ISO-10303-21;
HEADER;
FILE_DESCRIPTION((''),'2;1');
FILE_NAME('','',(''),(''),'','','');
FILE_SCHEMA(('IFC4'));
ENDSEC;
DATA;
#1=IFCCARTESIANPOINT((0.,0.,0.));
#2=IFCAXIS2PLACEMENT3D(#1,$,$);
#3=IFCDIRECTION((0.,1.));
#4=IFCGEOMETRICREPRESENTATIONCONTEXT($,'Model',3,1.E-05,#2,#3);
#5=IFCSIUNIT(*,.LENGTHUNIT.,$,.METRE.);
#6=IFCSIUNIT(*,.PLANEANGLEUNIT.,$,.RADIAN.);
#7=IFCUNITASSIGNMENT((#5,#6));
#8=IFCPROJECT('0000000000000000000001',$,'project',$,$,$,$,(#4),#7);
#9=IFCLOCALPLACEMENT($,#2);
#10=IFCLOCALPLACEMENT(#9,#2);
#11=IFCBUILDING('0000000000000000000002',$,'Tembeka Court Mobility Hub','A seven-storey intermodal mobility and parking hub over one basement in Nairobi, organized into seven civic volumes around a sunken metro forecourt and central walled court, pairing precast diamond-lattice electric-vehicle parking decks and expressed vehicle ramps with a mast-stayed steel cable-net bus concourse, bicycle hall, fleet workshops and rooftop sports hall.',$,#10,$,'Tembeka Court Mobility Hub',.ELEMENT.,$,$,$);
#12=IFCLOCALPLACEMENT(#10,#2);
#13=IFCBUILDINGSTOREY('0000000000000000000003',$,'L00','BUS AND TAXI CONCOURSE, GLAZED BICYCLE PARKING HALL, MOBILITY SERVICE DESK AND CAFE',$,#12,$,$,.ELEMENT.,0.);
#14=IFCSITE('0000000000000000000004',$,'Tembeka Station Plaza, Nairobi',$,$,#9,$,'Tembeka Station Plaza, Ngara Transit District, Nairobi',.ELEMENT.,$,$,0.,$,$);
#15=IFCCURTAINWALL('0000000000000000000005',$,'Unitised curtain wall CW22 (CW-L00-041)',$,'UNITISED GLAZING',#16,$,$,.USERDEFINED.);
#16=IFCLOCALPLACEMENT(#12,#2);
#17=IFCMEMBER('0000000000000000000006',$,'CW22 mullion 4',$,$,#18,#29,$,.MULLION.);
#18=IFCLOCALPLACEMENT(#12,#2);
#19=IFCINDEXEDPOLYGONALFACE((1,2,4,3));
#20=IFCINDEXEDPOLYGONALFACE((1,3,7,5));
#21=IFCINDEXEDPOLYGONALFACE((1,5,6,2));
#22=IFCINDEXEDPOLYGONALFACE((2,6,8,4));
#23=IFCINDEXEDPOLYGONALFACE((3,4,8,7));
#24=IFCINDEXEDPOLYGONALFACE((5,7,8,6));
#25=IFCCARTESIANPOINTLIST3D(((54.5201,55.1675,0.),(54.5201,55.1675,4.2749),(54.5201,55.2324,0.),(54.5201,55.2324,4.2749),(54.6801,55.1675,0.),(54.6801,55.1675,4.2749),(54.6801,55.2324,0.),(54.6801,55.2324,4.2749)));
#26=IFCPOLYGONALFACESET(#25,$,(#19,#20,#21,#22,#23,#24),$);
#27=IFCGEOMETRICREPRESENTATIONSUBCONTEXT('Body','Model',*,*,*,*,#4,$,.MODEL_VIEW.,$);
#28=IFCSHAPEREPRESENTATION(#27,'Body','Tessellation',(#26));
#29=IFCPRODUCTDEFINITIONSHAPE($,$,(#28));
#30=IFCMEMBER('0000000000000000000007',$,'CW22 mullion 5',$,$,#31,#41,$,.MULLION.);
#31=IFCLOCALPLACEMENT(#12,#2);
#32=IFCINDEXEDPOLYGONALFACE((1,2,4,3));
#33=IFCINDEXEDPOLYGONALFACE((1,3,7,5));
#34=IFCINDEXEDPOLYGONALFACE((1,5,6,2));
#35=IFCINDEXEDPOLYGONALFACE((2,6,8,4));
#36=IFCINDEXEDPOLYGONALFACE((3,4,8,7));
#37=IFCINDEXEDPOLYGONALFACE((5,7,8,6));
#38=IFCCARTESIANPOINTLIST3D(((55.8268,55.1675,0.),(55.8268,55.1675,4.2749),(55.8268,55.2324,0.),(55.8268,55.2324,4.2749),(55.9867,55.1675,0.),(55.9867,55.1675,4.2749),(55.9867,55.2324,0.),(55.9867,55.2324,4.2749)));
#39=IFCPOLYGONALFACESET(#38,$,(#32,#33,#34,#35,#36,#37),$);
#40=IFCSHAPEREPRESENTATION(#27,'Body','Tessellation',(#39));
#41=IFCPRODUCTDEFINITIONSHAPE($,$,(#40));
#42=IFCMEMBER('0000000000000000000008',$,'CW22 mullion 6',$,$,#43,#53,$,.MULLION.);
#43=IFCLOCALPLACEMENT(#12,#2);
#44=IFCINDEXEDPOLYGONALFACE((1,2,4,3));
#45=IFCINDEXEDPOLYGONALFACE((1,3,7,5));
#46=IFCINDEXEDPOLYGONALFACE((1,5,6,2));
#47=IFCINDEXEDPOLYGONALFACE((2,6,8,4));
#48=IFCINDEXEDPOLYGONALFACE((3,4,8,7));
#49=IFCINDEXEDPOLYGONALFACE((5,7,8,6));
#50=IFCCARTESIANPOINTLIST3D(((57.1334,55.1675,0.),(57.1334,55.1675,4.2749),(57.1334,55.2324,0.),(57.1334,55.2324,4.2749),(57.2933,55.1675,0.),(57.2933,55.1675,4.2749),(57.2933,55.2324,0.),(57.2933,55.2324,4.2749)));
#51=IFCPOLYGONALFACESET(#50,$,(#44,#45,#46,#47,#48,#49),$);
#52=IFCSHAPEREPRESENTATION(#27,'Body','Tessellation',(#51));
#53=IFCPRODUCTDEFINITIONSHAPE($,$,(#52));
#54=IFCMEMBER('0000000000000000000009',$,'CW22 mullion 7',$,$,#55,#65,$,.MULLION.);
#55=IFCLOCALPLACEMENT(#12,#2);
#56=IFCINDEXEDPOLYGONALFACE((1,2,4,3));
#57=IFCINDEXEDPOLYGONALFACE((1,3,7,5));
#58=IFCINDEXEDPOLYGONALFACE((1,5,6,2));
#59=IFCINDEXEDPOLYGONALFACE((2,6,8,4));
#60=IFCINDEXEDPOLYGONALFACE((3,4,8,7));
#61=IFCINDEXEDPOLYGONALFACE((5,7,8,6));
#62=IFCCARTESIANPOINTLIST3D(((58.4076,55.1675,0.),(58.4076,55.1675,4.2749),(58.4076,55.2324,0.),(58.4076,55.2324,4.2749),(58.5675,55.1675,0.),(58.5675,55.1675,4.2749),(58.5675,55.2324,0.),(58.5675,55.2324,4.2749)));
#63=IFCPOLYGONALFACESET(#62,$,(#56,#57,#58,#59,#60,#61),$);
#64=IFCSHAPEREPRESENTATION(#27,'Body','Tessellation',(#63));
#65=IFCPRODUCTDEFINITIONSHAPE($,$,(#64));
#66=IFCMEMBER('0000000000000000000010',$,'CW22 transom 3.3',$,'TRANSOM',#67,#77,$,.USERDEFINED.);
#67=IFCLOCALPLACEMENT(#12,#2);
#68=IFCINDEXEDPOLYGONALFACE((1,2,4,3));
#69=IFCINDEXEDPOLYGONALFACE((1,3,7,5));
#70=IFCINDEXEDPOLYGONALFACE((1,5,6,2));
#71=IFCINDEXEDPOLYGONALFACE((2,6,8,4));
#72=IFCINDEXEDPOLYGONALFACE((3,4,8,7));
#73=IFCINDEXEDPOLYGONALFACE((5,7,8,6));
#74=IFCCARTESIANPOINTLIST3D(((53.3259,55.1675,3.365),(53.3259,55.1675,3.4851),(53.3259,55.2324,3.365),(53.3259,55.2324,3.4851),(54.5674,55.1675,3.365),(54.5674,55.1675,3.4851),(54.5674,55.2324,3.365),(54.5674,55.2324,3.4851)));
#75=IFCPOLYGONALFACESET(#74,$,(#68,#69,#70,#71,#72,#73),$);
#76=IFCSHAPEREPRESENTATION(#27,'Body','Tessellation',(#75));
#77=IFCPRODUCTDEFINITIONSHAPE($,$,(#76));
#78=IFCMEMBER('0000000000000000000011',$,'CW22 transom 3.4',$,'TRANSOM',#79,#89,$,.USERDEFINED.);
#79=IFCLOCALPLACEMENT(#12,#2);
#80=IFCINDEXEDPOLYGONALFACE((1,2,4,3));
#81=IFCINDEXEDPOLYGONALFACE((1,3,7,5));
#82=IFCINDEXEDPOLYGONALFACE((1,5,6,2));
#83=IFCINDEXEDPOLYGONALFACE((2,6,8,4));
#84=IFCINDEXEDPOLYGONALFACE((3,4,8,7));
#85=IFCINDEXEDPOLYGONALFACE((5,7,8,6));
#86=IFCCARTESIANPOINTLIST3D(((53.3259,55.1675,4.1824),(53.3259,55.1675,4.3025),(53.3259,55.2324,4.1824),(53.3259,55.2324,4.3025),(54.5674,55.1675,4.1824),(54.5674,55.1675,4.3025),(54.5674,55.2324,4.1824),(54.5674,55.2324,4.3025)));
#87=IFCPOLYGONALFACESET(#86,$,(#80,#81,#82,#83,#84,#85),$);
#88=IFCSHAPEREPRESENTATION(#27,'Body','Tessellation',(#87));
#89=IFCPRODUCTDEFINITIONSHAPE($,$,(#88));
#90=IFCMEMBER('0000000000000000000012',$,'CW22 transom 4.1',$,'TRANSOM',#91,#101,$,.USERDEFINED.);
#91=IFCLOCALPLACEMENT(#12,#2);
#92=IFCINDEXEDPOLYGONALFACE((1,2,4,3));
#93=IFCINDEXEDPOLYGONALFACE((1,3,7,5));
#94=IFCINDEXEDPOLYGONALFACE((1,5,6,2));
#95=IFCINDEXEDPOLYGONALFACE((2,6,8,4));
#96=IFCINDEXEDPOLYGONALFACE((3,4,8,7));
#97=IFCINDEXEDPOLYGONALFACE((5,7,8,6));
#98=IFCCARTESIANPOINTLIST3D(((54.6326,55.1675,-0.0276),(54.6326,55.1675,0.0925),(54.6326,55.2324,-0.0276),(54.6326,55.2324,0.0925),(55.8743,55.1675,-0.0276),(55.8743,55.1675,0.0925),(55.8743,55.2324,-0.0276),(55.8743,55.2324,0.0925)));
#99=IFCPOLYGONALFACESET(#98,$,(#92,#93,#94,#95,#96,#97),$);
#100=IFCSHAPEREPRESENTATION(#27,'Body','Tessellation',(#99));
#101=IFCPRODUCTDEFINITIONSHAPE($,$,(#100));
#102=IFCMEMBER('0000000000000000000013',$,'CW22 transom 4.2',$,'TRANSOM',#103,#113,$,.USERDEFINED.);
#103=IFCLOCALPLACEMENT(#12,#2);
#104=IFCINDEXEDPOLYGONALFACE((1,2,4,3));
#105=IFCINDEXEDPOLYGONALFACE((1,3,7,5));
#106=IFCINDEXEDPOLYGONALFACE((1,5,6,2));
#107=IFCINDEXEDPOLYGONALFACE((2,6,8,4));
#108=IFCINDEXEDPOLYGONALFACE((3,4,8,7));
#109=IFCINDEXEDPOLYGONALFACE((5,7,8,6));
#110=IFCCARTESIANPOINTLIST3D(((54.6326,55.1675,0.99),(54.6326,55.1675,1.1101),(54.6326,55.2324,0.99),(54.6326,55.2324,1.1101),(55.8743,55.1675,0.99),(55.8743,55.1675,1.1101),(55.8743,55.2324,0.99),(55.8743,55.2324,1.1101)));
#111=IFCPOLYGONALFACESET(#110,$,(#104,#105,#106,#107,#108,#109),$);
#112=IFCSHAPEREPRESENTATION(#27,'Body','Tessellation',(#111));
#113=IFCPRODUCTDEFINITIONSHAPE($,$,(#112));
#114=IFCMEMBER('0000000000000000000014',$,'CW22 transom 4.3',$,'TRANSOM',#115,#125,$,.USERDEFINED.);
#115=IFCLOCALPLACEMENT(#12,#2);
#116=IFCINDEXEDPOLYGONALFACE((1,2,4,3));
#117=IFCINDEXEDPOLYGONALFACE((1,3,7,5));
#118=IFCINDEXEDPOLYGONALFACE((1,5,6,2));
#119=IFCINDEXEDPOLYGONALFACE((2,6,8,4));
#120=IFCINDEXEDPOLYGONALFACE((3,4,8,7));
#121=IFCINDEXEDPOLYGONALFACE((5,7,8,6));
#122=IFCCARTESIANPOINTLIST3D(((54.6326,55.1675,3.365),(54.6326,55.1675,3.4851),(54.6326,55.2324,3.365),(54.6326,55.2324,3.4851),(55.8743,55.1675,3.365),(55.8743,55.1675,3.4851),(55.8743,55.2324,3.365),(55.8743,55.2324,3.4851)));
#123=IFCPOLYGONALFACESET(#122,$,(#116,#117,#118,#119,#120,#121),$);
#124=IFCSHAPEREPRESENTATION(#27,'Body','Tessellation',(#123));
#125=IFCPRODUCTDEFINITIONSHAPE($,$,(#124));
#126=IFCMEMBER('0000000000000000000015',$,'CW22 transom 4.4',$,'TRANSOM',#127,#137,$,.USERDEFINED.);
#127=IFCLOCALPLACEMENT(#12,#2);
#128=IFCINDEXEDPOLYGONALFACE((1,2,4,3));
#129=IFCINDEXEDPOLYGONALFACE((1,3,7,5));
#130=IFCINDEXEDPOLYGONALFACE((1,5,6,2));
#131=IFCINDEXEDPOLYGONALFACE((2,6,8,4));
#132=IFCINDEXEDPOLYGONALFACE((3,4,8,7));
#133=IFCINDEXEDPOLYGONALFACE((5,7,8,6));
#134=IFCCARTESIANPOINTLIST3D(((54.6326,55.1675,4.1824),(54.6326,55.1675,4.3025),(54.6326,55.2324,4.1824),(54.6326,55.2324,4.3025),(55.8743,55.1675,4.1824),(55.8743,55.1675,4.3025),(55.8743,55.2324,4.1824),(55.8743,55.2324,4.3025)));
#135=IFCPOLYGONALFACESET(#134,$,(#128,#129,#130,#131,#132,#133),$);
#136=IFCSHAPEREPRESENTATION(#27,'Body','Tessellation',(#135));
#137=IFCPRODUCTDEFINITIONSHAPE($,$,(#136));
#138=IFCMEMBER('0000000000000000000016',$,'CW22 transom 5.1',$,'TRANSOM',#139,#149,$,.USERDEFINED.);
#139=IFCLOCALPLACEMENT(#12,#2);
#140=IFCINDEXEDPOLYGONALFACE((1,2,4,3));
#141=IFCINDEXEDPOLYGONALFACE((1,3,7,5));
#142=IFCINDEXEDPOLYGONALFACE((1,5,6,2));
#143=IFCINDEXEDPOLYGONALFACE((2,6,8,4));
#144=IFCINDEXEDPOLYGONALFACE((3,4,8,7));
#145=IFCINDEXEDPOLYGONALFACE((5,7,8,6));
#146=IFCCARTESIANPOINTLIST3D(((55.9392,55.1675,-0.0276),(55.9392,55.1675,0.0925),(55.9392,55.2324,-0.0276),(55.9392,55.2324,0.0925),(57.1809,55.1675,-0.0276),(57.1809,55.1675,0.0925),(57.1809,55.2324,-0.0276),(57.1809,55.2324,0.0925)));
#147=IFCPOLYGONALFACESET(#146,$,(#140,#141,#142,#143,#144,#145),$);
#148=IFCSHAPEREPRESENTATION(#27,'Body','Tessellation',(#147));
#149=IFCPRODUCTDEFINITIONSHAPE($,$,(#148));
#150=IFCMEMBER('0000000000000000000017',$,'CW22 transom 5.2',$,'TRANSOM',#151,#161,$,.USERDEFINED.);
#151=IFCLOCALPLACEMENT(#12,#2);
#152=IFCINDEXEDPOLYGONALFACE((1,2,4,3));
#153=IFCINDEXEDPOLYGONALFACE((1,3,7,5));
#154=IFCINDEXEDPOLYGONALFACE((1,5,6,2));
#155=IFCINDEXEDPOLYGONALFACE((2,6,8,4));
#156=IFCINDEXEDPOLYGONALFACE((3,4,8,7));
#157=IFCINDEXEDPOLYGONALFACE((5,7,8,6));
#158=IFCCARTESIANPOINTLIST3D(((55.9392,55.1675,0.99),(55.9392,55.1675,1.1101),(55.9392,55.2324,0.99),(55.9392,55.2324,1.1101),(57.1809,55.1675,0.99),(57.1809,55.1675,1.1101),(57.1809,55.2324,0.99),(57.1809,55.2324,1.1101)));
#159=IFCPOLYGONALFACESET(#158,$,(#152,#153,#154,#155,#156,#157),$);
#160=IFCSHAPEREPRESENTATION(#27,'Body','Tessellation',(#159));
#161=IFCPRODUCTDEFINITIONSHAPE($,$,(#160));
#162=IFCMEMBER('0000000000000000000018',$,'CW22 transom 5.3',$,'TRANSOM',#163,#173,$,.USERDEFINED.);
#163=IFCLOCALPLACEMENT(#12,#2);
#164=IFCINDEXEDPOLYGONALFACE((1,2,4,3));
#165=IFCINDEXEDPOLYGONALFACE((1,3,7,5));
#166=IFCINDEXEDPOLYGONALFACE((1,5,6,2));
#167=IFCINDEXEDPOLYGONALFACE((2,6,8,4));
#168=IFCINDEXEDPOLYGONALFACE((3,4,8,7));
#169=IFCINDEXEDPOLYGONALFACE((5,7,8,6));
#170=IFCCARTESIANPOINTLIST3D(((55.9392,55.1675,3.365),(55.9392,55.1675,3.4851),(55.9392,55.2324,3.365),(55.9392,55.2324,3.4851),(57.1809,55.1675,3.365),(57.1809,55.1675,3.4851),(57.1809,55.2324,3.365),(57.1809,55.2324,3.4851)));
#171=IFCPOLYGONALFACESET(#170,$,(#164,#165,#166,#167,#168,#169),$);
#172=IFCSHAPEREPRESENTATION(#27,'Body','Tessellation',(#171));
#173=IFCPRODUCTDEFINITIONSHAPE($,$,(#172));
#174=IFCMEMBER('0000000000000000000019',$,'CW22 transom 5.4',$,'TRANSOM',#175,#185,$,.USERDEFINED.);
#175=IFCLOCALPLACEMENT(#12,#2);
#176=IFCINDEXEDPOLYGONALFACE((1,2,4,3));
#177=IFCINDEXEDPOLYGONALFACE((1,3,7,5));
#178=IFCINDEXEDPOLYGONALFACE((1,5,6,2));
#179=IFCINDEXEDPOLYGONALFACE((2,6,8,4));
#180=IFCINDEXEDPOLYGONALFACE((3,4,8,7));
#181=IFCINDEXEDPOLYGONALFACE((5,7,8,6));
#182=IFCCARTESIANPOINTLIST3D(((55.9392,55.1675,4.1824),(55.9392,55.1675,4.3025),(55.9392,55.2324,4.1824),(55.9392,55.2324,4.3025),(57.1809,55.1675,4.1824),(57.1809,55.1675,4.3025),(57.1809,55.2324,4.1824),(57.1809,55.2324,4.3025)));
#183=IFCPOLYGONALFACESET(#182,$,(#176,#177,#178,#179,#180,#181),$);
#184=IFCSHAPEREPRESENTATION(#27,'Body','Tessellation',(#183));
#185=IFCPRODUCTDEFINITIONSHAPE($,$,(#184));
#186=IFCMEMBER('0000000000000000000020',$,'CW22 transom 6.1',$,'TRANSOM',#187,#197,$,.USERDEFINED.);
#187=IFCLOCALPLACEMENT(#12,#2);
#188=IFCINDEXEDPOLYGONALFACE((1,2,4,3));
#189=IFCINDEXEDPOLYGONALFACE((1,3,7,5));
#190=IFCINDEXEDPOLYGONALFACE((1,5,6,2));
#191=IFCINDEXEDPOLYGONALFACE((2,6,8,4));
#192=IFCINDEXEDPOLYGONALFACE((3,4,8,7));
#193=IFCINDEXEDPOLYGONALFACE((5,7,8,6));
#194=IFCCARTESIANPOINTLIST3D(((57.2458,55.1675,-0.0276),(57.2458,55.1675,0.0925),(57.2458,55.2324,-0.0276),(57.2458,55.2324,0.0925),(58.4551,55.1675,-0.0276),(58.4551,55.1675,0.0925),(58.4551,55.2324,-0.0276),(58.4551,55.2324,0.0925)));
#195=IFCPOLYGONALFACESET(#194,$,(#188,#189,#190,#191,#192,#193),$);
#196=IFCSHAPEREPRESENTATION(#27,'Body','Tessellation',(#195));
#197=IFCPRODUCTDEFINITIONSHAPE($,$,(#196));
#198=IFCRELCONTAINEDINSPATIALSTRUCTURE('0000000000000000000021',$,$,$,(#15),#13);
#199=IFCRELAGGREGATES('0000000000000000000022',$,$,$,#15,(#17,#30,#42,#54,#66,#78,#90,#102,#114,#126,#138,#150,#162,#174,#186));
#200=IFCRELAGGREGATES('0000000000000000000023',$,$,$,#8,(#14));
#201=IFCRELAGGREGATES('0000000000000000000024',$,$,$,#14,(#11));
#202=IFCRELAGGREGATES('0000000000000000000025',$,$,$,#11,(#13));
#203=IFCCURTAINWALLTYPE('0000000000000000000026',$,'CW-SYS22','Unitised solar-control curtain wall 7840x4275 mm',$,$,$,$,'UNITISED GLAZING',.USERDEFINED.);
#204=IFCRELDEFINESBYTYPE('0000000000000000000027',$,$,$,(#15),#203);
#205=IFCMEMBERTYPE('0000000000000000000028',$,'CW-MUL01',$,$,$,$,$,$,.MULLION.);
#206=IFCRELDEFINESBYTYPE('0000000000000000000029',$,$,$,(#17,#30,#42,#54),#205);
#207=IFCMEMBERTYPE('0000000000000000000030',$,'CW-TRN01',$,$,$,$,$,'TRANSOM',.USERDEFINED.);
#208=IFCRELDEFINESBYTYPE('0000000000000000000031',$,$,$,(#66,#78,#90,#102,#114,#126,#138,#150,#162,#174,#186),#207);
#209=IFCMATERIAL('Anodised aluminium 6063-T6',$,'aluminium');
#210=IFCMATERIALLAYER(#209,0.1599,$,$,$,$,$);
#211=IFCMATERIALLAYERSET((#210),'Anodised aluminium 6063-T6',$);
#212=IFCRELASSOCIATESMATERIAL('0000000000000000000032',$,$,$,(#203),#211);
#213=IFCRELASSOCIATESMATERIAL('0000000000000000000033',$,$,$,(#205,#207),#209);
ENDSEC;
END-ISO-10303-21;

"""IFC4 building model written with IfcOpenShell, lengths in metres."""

from ifc_helpers import new_model, si_unit, direction, frame, origin, origin_2d, place, context, subcontext, project, spatial, rectangle, extrude, material, layer, layer_set, material_profile, profile_set, type_object, element, aggregate, save


model = new_model("IFC4")

# Units and contexts
model_context = context("Model", 3, precision=1e-05, world=origin(), true_north=direction((0.0, 1.0)))
body_context = subcontext(model_context, "Body", "Model", "MODEL_VIEW")
ifc_project = project(units=[si_unit("LENGTHUNIT", "METRE"), si_unit("PLANEANGLEUNIT", "RADIAN")], contexts=[model_context])

# Site, building, storey
site_placement = place(None, origin())
site = spatial("IfcSite", under=ifc_project, at=site_placement, Name="Tembeka Station Plaza, Nairobi", LongName="Tembeka Station Plaza, Ngara Transit District, Nairobi", CompositionType="ELEMENT", RefElevation=0.0)
building_placement = place(site_placement, origin())
building = spatial("IfcBuilding", under=site, at=building_placement, Name="Tembeka Court Mobility Hub", Description="A seven-storey intermodal mobility and parking hub over one basement in Nairobi, organized into seven civic volumes around a sunken metro forecourt and central walled court, pairing precast diamond-lattice electric-vehicle parking decks and expressed vehicle ramps with a mast-stayed steel cable-net bus concourse, bicycle hall, fleet workshops and rooftop sports hall.", LongName="Tembeka Court Mobility Hub", CompositionType="ELEMENT")
storey_placement = place(building_placement, origin())
storey = spatial("IfcBuildingStorey", under=building, at=storey_placement, Name="L00", Description="BUS AND TAXI CONCOURSE, GLAZED BICYCLE PARKING HALL, MOBILITY SERVICE DESK AND CAFE", CompositionType="ELEMENT", Elevation=0.0)

# Curtain wall, members
ifc_material_1 = material(Name="Anodised aluminium 6063-T6", Category="aluminium")
ifc_layer_1 = layer(ifc_material_1, 0.1599)
ifc_layer_set_1 = layer_set([ifc_layer_1], Name="Anodised aluminium 6063-T6")
curtain_wall_type = type_object("IfcCurtainWallType", Name="CW-SYS22", Description="Unitised solar-control curtain wall 7840x4275 mm", ElementType="UNITISED GLAZING", PredefinedType="USERDEFINED", material=ifc_layer_set_1)
curtain_wall_placement = place(storey_placement, origin())
curtain_wall = element("IfcCurtainWall", 1, at=curtain_wall_placement, inside=storey, type_object=curtain_wall_type, Name="Unitised curtain wall CW22 (CW-L00-041)", ObjectType="UNITISED GLAZING", PredefinedType="USERDEFINED")
ifc_material_profile_1 = material_profile(ifc_material_1, rectangle(XDim=0.0649, YDim=0.1599, at=origin_2d()), Name="ALU-MUL 65x160")
ifc_profile_set_1 = profile_set([ifc_material_profile_1], Name="Anodised aluminium 6063-T6")
member_type_1 = type_object("IfcMemberType", Name="CW-MUL01", PredefinedType="MULLION", material=ifc_profile_set_1)
member_1_placement = place(storey_placement, frame((54.6001, 55.2, 0.0), z_axis=(0.0, 0.0, 1.0), x_axis=(0.0, 1.0, 0.0)))
member_1 = element("IfcMember", 2, at=member_1_placement, type_object=member_type_1, Name="CW22 mullion 4", PredefinedType="MULLION", context=body_context, shape_type="SweptSolid", body=[
    extrude(rectangle(XDim=0.0649, YDim=0.1599, at=origin_2d()), origin(), (0.0, 0.0, 1.0), 4.2749),
])
member_2_placement = place(storey_placement, frame((55.9067, 55.2, 0.0), z_axis=(0.0, 0.0, 1.0), x_axis=(0.0, 1.0, 0.0)))
member_2 = element("IfcMember", 3, at=member_2_placement, type_object=member_type_1, Name="CW22 mullion 5", PredefinedType="MULLION", context=body_context, shape_type="SweptSolid", body=[
    extrude(rectangle(XDim=0.0649, YDim=0.1599, at=origin_2d()), origin(), (0.0, 0.0, 1.0), 4.2749),
])
member_3_placement = place(storey_placement, frame((57.2134, 55.2, 0.0), z_axis=(0.0, 0.0, 1.0), x_axis=(0.0, 1.0, 0.0)))
member_3 = element("IfcMember", 4, at=member_3_placement, type_object=member_type_1, Name="CW22 mullion 6", PredefinedType="MULLION", context=body_context, shape_type="SweptSolid", body=[
    extrude(rectangle(XDim=0.0649, YDim=0.1599, at=origin_2d()), origin(), (0.0, 0.0, 1.0), 4.2749),
])
member_4_placement = place(storey_placement, frame((58.4875, 55.2, 0.0), z_axis=(0.0, 0.0, 1.0), x_axis=(0.0, 1.0, 0.0)))
member_4 = element("IfcMember", 5, at=member_4_placement, type_object=member_type_1, Name="CW22 mullion 7", PredefinedType="MULLION", context=body_context, shape_type="SweptSolid", body=[
    extrude(rectangle(XDim=0.0649, YDim=0.1599, at=origin_2d()), origin(), (0.0, 0.0, 1.0), 4.2749),
])
ifc_material_profile_2 = material_profile(ifc_material_1, rectangle(XDim=0.0649, YDim=0.1201, at=origin_2d()), Name="ALU-TRN 65x120")
ifc_profile_set_2 = profile_set([ifc_material_profile_2], Name="Anodised aluminium 6063-T6")
member_type_2 = type_object("IfcMemberType", Name="CW-TRN01", ElementType="TRANSOM", PredefinedType="USERDEFINED", material=ifc_profile_set_2)
member_5_placement = place(storey_placement, frame((53.3259, 55.2, 3.425), z_axis=(1.0, 0.0, 0.0), x_axis=(0.0, 1.0, 0.0)))
member_5 = element("IfcMember", 6, at=member_5_placement, type_object=member_type_2, Name="CW22 transom 3.3", ObjectType="TRANSOM", PredefinedType="USERDEFINED", context=body_context, shape_type="SweptSolid", body=[
    extrude(rectangle(XDim=0.0649, YDim=0.1201, at=origin_2d()), origin(), (0.0, 0.0, 1.0), 1.2415),
])
member_6_placement = place(storey_placement, frame((53.3259, 55.2, 4.2424), z_axis=(1.0, 0.0, 0.0), x_axis=(0.0, 1.0, 0.0)))
member_6 = element("IfcMember", 7, at=member_6_placement, type_object=member_type_2, Name="CW22 transom 3.4", ObjectType="TRANSOM", PredefinedType="USERDEFINED", context=body_context, shape_type="SweptSolid", body=[
    extrude(rectangle(XDim=0.0649, YDim=0.1201, at=origin_2d()), origin(), (0.0, 0.0, 1.0), 1.2415),
])
member_7_placement = place(storey_placement, frame((54.6326, 55.2, 0.0325), z_axis=(1.0, 0.0, 0.0), x_axis=(0.0, 1.0, 0.0)))
member_7 = element("IfcMember", 8, at=member_7_placement, type_object=member_type_2, Name="CW22 transom 4.1", ObjectType="TRANSOM", PredefinedType="USERDEFINED", context=body_context, shape_type="SweptSolid", body=[
    extrude(rectangle(XDim=0.0649, YDim=0.1201, at=origin_2d()), origin(), (0.0, 0.0, 1.0), 1.2417),
])
member_8_placement = place(storey_placement, frame((54.6326, 55.2, 1.05), z_axis=(1.0, 0.0, 0.0), x_axis=(0.0, 1.0, 0.0)))
member_8 = element("IfcMember", 9, at=member_8_placement, type_object=member_type_2, Name="CW22 transom 4.2", ObjectType="TRANSOM", PredefinedType="USERDEFINED", context=body_context, shape_type="SweptSolid", body=[
    extrude(rectangle(XDim=0.0649, YDim=0.1201, at=origin_2d()), origin(), (0.0, 0.0, 1.0), 1.2417),
])
member_9_placement = place(storey_placement, frame((54.6326, 55.2, 3.425), z_axis=(1.0, 0.0, 0.0), x_axis=(0.0, 1.0, 0.0)))
member_9 = element("IfcMember", 10, at=member_9_placement, type_object=member_type_2, Name="CW22 transom 4.3", ObjectType="TRANSOM", PredefinedType="USERDEFINED", context=body_context, shape_type="SweptSolid", body=[
    extrude(rectangle(XDim=0.0649, YDim=0.1201, at=origin_2d()), origin(), (0.0, 0.0, 1.0), 1.2417),
])
member_10_placement = place(storey_placement, frame((54.6326, 55.2, 4.2424), z_axis=(1.0, 0.0, 0.0), x_axis=(0.0, 1.0, 0.0)))
member_10 = element("IfcMember", 11, at=member_10_placement, type_object=member_type_2, Name="CW22 transom 4.4", ObjectType="TRANSOM", PredefinedType="USERDEFINED", context=body_context, shape_type="SweptSolid", body=[
    extrude(rectangle(XDim=0.0649, YDim=0.1201, at=origin_2d()), origin(), (0.0, 0.0, 1.0), 1.2417),
])
member_11_placement = place(storey_placement, frame((55.9392, 55.2, 0.0325), z_axis=(1.0, 0.0, 0.0), x_axis=(0.0, 1.0, 0.0)))
member_11 = element("IfcMember", 12, at=member_11_placement, type_object=member_type_2, Name="CW22 transom 5.1", ObjectType="TRANSOM", PredefinedType="USERDEFINED", context=body_context, shape_type="SweptSolid", body=[
    extrude(rectangle(XDim=0.0649, YDim=0.1201, at=origin_2d()), origin(), (0.0, 0.0, 1.0), 1.2417),
])
member_12_placement = place(storey_placement, frame((55.9392, 55.2, 1.05), z_axis=(1.0, 0.0, 0.0), x_axis=(0.0, 1.0, 0.0)))
member_12 = element("IfcMember", 13, at=member_12_placement, type_object=member_type_2, Name="CW22 transom 5.2", ObjectType="TRANSOM", PredefinedType="USERDEFINED", context=body_context, shape_type="SweptSolid", body=[
    extrude(rectangle(XDim=0.0649, YDim=0.1201, at=origin_2d()), origin(), (0.0, 0.0, 1.0), 1.2417),
])
member_13_placement = place(storey_placement, frame((55.9392, 55.2, 3.425), z_axis=(1.0, 0.0, 0.0), x_axis=(0.0, 1.0, 0.0)))
member_13 = element("IfcMember", 14, at=member_13_placement, type_object=member_type_2, Name="CW22 transom 5.3", ObjectType="TRANSOM", PredefinedType="USERDEFINED", context=body_context, shape_type="SweptSolid", body=[
    extrude(rectangle(XDim=0.0649, YDim=0.1201, at=origin_2d()), origin(), (0.0, 0.0, 1.0), 1.2417),
])
member_14_placement = place(storey_placement, frame((55.9392, 55.2, 4.2424), z_axis=(1.0, 0.0, 0.0), x_axis=(0.0, 1.0, 0.0)))
member_14 = element("IfcMember", 15, at=member_14_placement, type_object=member_type_2, Name="CW22 transom 5.4", ObjectType="TRANSOM", PredefinedType="USERDEFINED", context=body_context, shape_type="SweptSolid", body=[
    extrude(rectangle(XDim=0.0649, YDim=0.1201, at=origin_2d()), origin(), (0.0, 0.0, 1.0), 1.2417),
])
member_15_placement = place(storey_placement, frame((57.2458, 55.2, 0.0325), z_axis=(1.0, 0.0, 0.0), x_axis=(0.0, 1.0, 0.0)))
member_15 = element("IfcMember", 16, at=member_15_placement, type_object=member_type_2, Name="CW22 transom 6.1", ObjectType="TRANSOM", PredefinedType="USERDEFINED", context=body_context, shape_type="SweptSolid", body=[
    extrude(rectangle(XDim=0.0649, YDim=0.1201, at=origin_2d()), origin(), (0.0, 0.0, 1.0), 1.2092),
])
aggregate(curtain_wall, [member_1, member_2, member_3, member_4, member_5, member_6, member_7, member_8, member_9, member_10, member_11, member_12, member_13, member_14, member_15])

save(model, "model.ifc")
